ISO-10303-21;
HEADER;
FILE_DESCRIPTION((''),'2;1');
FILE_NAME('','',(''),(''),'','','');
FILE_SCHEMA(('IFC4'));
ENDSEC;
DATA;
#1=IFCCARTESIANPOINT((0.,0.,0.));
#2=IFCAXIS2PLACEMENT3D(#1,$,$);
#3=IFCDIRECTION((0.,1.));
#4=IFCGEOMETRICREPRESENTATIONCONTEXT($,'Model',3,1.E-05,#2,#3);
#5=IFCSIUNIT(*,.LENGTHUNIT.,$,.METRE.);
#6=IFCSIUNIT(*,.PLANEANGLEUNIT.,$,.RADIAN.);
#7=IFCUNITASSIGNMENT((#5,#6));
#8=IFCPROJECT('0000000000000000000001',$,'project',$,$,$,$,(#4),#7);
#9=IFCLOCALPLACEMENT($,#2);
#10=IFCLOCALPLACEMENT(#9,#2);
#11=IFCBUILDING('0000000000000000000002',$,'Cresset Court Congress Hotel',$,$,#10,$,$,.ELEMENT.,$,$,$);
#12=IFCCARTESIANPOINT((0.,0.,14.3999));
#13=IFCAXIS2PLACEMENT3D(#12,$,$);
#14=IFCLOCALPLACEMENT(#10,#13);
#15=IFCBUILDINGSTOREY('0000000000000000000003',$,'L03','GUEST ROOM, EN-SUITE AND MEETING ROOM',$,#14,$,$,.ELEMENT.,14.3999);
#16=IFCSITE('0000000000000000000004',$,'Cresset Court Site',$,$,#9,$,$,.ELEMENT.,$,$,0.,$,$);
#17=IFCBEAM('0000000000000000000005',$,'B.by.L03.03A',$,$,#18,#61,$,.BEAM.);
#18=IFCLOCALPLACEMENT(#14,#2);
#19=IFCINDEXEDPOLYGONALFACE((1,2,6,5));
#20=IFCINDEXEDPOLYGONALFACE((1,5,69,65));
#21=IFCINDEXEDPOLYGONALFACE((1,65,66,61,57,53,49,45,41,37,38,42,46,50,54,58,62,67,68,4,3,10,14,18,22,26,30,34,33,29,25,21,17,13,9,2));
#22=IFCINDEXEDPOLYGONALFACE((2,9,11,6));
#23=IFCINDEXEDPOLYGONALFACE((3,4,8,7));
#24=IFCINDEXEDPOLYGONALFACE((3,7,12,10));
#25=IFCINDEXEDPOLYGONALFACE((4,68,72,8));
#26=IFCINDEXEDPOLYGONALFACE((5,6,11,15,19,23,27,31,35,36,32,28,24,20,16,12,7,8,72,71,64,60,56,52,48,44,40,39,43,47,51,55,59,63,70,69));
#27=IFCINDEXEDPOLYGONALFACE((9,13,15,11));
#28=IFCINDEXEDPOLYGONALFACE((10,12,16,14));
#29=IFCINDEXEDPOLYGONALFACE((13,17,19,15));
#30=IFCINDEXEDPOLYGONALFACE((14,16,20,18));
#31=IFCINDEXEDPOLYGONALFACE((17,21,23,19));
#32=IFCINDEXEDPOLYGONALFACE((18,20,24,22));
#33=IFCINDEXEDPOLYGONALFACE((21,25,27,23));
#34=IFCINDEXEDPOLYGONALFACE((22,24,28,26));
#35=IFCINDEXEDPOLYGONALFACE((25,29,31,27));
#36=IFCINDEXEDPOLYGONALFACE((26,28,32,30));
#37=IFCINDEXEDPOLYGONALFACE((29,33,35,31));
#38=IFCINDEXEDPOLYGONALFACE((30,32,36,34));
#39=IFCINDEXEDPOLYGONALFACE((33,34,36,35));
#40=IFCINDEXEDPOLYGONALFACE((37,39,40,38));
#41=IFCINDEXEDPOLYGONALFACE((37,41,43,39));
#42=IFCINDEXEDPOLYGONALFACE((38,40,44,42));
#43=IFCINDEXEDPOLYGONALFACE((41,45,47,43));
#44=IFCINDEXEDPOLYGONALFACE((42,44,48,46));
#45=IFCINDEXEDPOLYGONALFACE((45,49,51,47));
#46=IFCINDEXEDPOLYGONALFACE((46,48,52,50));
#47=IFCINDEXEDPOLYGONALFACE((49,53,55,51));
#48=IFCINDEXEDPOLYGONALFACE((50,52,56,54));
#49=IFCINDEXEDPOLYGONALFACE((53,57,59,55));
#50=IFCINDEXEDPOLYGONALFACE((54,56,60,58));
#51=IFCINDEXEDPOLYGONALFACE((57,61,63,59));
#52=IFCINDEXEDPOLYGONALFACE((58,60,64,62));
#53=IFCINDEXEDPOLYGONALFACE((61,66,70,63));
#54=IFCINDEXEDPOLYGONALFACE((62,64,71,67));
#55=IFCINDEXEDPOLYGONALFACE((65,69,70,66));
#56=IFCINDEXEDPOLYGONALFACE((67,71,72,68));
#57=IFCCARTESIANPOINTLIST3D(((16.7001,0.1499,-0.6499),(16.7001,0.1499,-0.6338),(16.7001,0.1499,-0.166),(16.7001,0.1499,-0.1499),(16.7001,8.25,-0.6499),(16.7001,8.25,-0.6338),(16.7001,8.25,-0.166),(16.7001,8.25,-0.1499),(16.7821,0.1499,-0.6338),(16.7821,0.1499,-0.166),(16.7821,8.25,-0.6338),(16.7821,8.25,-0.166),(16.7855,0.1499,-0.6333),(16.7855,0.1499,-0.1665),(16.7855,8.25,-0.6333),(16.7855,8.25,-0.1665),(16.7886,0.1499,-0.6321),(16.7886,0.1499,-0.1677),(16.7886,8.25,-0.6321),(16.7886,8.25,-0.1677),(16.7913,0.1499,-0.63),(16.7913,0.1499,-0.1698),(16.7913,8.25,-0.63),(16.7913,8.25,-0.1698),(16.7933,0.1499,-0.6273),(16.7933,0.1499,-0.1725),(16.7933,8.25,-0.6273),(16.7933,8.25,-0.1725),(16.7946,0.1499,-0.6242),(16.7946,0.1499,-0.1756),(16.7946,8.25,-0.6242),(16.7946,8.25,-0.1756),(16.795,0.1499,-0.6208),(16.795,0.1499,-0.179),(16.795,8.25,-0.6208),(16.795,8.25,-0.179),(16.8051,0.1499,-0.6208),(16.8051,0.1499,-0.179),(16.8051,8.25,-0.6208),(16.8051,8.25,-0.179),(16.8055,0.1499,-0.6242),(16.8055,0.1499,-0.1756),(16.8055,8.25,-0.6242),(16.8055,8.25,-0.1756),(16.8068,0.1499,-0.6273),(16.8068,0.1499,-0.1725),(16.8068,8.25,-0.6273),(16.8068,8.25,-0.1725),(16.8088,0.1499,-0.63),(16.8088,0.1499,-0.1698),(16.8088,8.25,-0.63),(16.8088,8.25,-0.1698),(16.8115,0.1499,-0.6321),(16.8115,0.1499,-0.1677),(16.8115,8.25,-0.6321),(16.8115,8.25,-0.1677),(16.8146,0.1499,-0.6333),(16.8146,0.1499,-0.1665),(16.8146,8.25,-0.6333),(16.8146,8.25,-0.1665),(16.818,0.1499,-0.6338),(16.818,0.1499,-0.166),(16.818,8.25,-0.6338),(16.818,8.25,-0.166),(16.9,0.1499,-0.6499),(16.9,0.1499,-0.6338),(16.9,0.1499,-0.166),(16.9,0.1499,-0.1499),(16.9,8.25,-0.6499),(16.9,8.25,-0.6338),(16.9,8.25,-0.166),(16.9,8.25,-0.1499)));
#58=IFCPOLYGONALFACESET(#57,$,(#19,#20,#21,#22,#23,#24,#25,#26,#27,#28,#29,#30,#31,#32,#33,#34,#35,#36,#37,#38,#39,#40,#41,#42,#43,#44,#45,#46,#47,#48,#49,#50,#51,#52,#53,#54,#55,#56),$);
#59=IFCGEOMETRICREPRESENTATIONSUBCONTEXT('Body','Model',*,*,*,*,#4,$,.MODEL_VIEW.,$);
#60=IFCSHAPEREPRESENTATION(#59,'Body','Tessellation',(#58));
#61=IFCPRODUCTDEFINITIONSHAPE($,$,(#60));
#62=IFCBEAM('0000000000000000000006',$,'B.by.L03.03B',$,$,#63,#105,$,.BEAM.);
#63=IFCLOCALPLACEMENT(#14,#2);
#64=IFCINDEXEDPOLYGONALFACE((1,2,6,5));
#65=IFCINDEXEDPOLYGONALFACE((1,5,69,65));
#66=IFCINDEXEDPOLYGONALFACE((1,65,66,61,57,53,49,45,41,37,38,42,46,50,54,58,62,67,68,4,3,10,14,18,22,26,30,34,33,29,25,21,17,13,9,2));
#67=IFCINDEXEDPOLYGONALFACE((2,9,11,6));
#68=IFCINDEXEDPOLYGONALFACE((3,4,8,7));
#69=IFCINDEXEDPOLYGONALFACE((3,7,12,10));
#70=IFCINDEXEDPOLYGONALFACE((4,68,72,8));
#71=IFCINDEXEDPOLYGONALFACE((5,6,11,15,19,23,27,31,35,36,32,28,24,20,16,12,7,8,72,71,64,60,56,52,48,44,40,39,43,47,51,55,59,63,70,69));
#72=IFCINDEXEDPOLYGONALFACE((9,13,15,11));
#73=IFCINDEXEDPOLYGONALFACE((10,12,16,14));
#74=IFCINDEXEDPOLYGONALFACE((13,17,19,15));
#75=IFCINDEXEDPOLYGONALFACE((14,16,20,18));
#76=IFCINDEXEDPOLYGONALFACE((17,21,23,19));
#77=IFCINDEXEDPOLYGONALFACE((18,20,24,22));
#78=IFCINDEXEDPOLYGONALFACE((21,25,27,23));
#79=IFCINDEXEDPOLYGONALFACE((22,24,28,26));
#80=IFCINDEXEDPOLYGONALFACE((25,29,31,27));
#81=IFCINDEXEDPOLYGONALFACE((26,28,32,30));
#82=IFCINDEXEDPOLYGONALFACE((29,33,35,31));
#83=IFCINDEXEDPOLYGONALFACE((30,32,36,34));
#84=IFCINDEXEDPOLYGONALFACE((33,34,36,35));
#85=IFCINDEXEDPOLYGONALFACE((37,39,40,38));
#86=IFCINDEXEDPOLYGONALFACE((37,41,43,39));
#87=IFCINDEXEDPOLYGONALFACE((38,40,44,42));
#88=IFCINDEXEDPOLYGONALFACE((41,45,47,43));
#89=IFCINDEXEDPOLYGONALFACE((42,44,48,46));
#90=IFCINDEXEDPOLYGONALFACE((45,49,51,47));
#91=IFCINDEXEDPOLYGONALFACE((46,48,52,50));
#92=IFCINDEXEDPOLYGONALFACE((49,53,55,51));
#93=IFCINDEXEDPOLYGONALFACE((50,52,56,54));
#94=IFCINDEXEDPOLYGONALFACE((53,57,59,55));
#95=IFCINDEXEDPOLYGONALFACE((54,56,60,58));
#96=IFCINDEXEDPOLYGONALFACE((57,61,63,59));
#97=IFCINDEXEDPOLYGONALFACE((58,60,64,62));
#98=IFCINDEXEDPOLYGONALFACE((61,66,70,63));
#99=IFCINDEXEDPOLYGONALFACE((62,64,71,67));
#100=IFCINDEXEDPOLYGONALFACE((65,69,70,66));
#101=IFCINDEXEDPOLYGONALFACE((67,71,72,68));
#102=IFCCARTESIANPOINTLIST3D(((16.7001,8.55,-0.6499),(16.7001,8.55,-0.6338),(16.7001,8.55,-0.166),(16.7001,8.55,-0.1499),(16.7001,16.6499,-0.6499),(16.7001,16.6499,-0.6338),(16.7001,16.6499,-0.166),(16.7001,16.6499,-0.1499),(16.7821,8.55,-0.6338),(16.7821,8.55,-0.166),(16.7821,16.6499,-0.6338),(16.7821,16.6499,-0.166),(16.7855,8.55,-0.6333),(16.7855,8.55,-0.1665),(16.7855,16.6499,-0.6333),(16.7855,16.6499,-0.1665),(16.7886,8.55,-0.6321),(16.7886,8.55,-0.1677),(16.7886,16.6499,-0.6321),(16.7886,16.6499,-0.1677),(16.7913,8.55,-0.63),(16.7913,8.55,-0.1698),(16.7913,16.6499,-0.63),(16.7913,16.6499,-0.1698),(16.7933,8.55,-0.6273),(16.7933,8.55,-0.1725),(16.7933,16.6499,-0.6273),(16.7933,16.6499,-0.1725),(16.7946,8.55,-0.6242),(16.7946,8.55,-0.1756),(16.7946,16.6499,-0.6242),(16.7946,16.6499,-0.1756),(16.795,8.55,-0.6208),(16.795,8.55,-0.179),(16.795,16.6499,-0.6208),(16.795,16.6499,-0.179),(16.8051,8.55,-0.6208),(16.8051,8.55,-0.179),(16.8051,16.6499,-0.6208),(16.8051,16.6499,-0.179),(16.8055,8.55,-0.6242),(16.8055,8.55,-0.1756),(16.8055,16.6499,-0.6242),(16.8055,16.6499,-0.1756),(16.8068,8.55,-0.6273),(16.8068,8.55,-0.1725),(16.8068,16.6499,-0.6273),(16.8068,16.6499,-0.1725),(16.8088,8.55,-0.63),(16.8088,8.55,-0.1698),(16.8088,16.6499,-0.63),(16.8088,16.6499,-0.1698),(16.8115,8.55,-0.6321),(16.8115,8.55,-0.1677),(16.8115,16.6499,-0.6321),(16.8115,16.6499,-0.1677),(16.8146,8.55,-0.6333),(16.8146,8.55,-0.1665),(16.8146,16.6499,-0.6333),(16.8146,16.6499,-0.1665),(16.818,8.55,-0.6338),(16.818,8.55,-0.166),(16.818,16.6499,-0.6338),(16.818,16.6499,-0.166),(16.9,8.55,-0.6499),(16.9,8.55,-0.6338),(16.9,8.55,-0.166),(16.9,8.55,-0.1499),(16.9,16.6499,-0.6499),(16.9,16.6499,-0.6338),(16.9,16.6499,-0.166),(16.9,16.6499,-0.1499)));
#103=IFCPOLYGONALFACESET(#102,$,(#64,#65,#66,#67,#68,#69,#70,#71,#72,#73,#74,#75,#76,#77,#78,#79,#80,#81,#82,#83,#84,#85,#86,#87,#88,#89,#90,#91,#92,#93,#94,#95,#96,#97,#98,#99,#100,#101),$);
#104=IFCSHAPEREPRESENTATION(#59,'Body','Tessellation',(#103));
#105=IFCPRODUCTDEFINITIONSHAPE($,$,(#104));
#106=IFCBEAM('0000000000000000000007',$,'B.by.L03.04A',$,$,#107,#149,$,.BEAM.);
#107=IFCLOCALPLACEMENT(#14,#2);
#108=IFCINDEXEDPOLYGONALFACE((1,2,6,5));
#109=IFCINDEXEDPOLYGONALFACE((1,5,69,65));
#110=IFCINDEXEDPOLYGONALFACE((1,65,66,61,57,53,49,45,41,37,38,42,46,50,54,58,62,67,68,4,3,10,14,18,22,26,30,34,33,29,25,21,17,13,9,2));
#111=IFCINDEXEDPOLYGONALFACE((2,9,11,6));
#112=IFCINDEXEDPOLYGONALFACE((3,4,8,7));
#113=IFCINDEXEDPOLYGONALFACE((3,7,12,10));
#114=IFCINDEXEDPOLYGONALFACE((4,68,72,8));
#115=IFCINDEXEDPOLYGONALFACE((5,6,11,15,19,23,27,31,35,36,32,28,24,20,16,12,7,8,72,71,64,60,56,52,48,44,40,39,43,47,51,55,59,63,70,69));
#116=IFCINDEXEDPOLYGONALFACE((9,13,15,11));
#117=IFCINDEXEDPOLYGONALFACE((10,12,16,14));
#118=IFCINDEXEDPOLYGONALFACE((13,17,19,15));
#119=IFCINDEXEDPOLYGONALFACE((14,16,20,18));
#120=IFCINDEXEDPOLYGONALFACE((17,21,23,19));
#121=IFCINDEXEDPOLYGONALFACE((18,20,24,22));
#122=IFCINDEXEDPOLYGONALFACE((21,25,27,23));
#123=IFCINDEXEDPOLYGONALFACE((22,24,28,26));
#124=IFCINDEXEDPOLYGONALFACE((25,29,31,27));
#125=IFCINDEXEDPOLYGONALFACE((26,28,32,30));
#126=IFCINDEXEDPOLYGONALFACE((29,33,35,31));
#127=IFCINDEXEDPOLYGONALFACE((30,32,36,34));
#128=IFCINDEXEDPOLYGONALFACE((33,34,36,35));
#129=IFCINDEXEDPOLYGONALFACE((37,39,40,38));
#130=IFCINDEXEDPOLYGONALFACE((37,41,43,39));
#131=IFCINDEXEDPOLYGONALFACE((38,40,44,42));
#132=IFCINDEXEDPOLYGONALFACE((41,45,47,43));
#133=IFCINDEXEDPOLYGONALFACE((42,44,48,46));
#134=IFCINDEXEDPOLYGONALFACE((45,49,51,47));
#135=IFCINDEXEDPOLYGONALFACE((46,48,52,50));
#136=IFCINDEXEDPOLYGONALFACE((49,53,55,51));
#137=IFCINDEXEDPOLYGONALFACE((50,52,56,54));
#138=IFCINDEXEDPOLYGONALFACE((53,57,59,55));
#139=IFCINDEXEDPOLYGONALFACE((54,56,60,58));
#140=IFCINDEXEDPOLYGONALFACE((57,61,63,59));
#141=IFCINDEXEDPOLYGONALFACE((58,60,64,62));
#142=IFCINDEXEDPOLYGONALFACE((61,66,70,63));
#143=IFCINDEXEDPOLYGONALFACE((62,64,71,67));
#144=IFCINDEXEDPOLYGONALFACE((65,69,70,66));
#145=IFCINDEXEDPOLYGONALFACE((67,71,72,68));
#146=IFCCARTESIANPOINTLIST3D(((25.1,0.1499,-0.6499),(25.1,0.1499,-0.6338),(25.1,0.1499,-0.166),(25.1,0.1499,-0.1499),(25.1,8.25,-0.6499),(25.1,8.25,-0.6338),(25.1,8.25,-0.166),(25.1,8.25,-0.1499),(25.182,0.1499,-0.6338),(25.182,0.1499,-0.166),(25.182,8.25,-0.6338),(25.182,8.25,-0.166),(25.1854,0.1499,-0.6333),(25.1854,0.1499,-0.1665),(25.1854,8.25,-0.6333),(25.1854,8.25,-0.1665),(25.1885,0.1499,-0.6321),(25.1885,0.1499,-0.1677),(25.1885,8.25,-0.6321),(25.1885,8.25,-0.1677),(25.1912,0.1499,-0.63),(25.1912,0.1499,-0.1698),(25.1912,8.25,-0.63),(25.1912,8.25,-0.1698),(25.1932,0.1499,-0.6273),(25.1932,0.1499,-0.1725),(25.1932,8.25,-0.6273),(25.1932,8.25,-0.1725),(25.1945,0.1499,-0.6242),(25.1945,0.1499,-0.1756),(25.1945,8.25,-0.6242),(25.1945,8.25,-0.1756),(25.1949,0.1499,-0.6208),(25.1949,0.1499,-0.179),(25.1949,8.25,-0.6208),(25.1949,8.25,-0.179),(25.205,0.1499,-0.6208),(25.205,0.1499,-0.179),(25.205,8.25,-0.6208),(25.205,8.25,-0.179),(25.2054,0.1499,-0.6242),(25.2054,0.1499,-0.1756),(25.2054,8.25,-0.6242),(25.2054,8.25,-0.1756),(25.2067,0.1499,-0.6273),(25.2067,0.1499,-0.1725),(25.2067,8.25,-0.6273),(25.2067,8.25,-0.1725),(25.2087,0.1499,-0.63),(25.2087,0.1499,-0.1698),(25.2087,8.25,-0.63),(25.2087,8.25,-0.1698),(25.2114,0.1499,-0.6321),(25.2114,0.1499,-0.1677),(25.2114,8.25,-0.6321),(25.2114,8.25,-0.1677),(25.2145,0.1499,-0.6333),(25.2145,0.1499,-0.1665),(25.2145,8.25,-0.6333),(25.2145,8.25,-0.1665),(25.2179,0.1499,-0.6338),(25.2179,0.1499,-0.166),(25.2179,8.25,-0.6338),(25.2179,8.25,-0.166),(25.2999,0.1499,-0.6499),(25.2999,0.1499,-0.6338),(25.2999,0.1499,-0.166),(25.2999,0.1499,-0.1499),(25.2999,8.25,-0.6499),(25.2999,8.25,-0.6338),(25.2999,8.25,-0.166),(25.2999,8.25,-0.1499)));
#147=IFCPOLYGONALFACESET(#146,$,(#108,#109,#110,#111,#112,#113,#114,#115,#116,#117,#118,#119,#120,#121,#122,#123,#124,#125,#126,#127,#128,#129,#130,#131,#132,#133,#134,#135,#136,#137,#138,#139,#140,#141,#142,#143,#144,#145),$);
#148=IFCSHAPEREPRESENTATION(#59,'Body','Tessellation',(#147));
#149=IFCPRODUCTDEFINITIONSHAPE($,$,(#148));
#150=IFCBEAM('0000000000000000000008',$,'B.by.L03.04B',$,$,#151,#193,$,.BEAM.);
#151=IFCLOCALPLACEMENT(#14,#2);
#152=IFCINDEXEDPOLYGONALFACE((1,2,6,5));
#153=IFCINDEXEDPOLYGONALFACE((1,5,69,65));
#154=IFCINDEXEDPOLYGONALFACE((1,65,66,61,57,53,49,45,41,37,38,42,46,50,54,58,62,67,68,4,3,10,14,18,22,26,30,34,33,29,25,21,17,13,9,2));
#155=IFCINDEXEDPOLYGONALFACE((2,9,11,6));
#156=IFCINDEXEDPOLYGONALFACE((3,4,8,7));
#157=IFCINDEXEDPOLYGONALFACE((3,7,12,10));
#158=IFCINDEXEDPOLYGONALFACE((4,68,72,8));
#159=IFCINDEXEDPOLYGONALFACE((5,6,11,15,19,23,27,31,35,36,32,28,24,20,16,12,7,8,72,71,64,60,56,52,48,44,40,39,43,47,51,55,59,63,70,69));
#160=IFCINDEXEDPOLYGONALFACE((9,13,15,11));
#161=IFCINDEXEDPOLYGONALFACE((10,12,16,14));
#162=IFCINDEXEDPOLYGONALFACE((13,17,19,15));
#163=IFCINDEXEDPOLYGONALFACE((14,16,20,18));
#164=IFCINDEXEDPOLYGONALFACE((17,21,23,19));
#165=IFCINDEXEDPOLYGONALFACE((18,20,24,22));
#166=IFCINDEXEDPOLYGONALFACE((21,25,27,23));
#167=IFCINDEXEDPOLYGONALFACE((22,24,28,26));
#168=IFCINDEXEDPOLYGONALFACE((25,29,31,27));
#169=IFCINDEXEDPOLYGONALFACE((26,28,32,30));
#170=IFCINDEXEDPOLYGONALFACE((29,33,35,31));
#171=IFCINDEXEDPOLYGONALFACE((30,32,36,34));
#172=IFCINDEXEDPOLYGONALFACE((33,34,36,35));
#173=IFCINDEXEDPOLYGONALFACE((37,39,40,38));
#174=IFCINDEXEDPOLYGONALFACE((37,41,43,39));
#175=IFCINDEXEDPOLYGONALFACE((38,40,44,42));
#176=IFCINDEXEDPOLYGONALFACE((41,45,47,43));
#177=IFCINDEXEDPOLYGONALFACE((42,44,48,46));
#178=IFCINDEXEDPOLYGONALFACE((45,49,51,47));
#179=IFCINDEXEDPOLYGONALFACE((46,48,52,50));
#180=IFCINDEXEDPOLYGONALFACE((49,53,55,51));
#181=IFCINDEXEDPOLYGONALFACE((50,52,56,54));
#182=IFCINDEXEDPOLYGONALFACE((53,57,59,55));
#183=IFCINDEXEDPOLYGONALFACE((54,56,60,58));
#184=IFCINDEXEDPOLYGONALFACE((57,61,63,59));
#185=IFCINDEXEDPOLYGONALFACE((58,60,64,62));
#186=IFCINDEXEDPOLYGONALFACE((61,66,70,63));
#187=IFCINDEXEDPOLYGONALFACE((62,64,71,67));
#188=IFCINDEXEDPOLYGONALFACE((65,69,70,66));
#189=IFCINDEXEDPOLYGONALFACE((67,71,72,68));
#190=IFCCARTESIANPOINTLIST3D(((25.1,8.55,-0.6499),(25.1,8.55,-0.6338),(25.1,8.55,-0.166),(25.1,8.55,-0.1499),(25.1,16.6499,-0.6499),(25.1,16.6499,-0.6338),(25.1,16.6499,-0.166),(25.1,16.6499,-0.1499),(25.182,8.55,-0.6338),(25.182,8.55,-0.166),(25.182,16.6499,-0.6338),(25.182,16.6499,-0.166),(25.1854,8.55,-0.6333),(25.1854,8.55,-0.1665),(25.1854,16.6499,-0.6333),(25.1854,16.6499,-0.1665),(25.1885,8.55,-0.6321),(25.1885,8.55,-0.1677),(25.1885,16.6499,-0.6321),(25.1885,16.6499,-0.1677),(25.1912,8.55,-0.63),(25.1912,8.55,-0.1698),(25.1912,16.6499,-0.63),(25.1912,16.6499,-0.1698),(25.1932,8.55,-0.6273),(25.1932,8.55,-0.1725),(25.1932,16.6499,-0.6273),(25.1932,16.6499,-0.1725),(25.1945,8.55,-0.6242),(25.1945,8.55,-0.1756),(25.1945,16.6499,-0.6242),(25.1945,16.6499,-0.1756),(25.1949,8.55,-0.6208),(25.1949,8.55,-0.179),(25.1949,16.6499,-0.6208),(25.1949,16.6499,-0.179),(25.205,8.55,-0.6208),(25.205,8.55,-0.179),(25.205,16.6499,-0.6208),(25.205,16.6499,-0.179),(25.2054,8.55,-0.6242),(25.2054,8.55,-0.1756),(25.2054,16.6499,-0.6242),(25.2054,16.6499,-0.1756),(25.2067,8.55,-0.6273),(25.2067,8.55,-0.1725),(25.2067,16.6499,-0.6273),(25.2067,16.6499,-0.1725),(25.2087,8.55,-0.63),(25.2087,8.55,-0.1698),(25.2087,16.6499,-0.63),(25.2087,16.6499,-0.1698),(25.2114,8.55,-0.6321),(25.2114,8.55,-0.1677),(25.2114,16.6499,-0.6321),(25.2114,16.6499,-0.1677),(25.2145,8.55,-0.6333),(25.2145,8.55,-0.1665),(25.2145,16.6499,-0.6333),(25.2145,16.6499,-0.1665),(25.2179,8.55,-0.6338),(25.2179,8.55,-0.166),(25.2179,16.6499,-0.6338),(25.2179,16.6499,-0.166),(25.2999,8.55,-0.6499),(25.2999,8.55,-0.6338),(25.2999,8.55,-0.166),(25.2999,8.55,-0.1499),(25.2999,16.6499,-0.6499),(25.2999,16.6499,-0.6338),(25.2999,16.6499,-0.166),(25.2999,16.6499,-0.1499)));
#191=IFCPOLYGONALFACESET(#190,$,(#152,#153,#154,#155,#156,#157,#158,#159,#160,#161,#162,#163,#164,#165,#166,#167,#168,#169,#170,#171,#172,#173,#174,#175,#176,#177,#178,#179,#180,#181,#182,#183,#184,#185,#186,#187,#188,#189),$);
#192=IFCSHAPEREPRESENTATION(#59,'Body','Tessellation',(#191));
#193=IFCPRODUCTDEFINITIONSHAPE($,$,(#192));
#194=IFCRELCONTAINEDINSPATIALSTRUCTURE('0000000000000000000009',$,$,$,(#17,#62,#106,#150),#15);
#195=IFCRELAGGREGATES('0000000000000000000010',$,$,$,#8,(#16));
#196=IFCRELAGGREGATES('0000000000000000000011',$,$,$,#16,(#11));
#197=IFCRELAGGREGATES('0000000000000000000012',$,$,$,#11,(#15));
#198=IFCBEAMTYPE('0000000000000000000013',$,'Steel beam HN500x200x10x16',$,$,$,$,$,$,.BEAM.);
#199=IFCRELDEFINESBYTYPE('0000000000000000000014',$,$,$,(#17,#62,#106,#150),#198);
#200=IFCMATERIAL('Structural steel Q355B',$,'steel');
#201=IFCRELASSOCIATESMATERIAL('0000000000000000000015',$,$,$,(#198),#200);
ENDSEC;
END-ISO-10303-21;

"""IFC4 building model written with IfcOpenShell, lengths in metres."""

from ifc_helpers import new_model, si_unit, direction, frame, origin, origin_2d, place, context, subcontext, project, spatial, i_section, extrude, material, material_profile, profile_set, type_object, element, save


model = new_model("IFC4")

# Units and contexts
model_context = context("Model", 3, precision=1e-05, world=origin(), true_north=direction((0.0, 1.0)))
body_context = subcontext(model_context, "Body", "Model", "MODEL_VIEW")
ifc_project = project(units=[si_unit("LENGTHUNIT", "METRE"), si_unit("PLANEANGLEUNIT", "RADIAN")], contexts=[model_context])

# Site, building, storey
site_placement = place(None, origin())
site = spatial("IfcSite", under=ifc_project, at=site_placement, Name="Cresset Court Site", CompositionType="ELEMENT", RefElevation=0.0)
building_placement = place(site_placement, origin())
building = spatial("IfcBuilding", under=site, at=building_placement, Name="Cresset Court Congress Hotel", CompositionType="ELEMENT")
storey_placement = place(building_placement, frame((0.0, 0.0, 14.3999)))
storey = spatial("IfcBuildingStorey", under=building, at=storey_placement, Name="L03", Description="GUEST ROOM, EN-SUITE AND MEETING ROOM", CompositionType="ELEMENT", Elevation=14.3999)

# Beams
ifc_material_1 = material(Name="Structural steel Q355B", Category="steel")
ifc_material_profile_1 = material_profile(ifc_material_1, i_section(OverallWidth=0.2, OverallDepth=0.5, WebThickness=0.01, FlangeThickness=0.0161, FilletRadius=0.0129, at=origin_2d()), Name="HN500x200x10x16")
ifc_profile_set_1 = profile_set([ifc_material_profile_1], Name="Structural steel Q355B")
beam_type_1 = type_object("IfcBeamType", Name="Steel beam HN500x200x10x16", PredefinedType="BEAM", material=ifc_profile_set_1)
beam_1_placement = place(storey_placement, frame((16.8, 0.1499, -0.3999), z_axis=(0.0, 1.0, 0.0), x_axis=(-1.0, 0.0, 0.0)))
element("IfcBeam", 1, at=beam_1_placement, inside=storey, type_object=beam_type_1, Name="B.by.L03.03A", PredefinedType="BEAM", context=body_context, shape_type="SweptSolid", body=[
    extrude(i_section(OverallWidth=0.2, OverallDepth=0.5, WebThickness=0.01, FlangeThickness=0.0161, FilletRadius=0.0129, at=origin_2d()), origin(), (0.0, 0.0, 1.0), 8.1001),
])
beam_2_placement = place(storey_placement, frame((16.8, 8.55, -0.3999), z_axis=(0.0, 1.0, 0.0), x_axis=(-1.0, 0.0, 0.0)))
element("IfcBeam", 2, at=beam_2_placement, inside=storey, type_object=beam_type_1, Name="B.by.L03.03B", PredefinedType="BEAM", context=body_context, shape_type="SweptSolid", body=[
    extrude(i_section(OverallWidth=0.2, OverallDepth=0.5, WebThickness=0.01, FlangeThickness=0.0161, FilletRadius=0.0129, at=origin_2d()), origin(), (0.0, 0.0, 1.0), 8.0999),
])
beam_3_placement = place(storey_placement, frame((25.2, 0.1499, -0.3999), z_axis=(0.0, 1.0, 0.0), x_axis=(-1.0, 0.0, 0.0)))
element("IfcBeam", 3, at=beam_3_placement, inside=storey, type_object=beam_type_1, Name="B.by.L03.04A", PredefinedType="BEAM", context=body_context, shape_type="SweptSolid", body=[
    extrude(i_section(OverallWidth=0.2, OverallDepth=0.5, WebThickness=0.01, FlangeThickness=0.0161, FilletRadius=0.0129, at=origin_2d()), origin(), (0.0, 0.0, 1.0), 8.1001),
])
beam_4_placement = place(storey_placement, frame((25.2, 8.55, -0.3999), z_axis=(0.0, 1.0, 0.0), x_axis=(-1.0, 0.0, 0.0)))
element("IfcBeam", 4, at=beam_4_placement, inside=storey, type_object=beam_type_1, Name="B.by.L03.04B", PredefinedType="BEAM", context=body_context, shape_type="SweptSolid", body=[
    extrude(i_section(OverallWidth=0.2, OverallDepth=0.5, WebThickness=0.01, FlangeThickness=0.0161, FilletRadius=0.0129, at=origin_2d()), origin(), (0.0, 0.0, 1.0), 8.0999),
])

save(model, "model.ifc")
